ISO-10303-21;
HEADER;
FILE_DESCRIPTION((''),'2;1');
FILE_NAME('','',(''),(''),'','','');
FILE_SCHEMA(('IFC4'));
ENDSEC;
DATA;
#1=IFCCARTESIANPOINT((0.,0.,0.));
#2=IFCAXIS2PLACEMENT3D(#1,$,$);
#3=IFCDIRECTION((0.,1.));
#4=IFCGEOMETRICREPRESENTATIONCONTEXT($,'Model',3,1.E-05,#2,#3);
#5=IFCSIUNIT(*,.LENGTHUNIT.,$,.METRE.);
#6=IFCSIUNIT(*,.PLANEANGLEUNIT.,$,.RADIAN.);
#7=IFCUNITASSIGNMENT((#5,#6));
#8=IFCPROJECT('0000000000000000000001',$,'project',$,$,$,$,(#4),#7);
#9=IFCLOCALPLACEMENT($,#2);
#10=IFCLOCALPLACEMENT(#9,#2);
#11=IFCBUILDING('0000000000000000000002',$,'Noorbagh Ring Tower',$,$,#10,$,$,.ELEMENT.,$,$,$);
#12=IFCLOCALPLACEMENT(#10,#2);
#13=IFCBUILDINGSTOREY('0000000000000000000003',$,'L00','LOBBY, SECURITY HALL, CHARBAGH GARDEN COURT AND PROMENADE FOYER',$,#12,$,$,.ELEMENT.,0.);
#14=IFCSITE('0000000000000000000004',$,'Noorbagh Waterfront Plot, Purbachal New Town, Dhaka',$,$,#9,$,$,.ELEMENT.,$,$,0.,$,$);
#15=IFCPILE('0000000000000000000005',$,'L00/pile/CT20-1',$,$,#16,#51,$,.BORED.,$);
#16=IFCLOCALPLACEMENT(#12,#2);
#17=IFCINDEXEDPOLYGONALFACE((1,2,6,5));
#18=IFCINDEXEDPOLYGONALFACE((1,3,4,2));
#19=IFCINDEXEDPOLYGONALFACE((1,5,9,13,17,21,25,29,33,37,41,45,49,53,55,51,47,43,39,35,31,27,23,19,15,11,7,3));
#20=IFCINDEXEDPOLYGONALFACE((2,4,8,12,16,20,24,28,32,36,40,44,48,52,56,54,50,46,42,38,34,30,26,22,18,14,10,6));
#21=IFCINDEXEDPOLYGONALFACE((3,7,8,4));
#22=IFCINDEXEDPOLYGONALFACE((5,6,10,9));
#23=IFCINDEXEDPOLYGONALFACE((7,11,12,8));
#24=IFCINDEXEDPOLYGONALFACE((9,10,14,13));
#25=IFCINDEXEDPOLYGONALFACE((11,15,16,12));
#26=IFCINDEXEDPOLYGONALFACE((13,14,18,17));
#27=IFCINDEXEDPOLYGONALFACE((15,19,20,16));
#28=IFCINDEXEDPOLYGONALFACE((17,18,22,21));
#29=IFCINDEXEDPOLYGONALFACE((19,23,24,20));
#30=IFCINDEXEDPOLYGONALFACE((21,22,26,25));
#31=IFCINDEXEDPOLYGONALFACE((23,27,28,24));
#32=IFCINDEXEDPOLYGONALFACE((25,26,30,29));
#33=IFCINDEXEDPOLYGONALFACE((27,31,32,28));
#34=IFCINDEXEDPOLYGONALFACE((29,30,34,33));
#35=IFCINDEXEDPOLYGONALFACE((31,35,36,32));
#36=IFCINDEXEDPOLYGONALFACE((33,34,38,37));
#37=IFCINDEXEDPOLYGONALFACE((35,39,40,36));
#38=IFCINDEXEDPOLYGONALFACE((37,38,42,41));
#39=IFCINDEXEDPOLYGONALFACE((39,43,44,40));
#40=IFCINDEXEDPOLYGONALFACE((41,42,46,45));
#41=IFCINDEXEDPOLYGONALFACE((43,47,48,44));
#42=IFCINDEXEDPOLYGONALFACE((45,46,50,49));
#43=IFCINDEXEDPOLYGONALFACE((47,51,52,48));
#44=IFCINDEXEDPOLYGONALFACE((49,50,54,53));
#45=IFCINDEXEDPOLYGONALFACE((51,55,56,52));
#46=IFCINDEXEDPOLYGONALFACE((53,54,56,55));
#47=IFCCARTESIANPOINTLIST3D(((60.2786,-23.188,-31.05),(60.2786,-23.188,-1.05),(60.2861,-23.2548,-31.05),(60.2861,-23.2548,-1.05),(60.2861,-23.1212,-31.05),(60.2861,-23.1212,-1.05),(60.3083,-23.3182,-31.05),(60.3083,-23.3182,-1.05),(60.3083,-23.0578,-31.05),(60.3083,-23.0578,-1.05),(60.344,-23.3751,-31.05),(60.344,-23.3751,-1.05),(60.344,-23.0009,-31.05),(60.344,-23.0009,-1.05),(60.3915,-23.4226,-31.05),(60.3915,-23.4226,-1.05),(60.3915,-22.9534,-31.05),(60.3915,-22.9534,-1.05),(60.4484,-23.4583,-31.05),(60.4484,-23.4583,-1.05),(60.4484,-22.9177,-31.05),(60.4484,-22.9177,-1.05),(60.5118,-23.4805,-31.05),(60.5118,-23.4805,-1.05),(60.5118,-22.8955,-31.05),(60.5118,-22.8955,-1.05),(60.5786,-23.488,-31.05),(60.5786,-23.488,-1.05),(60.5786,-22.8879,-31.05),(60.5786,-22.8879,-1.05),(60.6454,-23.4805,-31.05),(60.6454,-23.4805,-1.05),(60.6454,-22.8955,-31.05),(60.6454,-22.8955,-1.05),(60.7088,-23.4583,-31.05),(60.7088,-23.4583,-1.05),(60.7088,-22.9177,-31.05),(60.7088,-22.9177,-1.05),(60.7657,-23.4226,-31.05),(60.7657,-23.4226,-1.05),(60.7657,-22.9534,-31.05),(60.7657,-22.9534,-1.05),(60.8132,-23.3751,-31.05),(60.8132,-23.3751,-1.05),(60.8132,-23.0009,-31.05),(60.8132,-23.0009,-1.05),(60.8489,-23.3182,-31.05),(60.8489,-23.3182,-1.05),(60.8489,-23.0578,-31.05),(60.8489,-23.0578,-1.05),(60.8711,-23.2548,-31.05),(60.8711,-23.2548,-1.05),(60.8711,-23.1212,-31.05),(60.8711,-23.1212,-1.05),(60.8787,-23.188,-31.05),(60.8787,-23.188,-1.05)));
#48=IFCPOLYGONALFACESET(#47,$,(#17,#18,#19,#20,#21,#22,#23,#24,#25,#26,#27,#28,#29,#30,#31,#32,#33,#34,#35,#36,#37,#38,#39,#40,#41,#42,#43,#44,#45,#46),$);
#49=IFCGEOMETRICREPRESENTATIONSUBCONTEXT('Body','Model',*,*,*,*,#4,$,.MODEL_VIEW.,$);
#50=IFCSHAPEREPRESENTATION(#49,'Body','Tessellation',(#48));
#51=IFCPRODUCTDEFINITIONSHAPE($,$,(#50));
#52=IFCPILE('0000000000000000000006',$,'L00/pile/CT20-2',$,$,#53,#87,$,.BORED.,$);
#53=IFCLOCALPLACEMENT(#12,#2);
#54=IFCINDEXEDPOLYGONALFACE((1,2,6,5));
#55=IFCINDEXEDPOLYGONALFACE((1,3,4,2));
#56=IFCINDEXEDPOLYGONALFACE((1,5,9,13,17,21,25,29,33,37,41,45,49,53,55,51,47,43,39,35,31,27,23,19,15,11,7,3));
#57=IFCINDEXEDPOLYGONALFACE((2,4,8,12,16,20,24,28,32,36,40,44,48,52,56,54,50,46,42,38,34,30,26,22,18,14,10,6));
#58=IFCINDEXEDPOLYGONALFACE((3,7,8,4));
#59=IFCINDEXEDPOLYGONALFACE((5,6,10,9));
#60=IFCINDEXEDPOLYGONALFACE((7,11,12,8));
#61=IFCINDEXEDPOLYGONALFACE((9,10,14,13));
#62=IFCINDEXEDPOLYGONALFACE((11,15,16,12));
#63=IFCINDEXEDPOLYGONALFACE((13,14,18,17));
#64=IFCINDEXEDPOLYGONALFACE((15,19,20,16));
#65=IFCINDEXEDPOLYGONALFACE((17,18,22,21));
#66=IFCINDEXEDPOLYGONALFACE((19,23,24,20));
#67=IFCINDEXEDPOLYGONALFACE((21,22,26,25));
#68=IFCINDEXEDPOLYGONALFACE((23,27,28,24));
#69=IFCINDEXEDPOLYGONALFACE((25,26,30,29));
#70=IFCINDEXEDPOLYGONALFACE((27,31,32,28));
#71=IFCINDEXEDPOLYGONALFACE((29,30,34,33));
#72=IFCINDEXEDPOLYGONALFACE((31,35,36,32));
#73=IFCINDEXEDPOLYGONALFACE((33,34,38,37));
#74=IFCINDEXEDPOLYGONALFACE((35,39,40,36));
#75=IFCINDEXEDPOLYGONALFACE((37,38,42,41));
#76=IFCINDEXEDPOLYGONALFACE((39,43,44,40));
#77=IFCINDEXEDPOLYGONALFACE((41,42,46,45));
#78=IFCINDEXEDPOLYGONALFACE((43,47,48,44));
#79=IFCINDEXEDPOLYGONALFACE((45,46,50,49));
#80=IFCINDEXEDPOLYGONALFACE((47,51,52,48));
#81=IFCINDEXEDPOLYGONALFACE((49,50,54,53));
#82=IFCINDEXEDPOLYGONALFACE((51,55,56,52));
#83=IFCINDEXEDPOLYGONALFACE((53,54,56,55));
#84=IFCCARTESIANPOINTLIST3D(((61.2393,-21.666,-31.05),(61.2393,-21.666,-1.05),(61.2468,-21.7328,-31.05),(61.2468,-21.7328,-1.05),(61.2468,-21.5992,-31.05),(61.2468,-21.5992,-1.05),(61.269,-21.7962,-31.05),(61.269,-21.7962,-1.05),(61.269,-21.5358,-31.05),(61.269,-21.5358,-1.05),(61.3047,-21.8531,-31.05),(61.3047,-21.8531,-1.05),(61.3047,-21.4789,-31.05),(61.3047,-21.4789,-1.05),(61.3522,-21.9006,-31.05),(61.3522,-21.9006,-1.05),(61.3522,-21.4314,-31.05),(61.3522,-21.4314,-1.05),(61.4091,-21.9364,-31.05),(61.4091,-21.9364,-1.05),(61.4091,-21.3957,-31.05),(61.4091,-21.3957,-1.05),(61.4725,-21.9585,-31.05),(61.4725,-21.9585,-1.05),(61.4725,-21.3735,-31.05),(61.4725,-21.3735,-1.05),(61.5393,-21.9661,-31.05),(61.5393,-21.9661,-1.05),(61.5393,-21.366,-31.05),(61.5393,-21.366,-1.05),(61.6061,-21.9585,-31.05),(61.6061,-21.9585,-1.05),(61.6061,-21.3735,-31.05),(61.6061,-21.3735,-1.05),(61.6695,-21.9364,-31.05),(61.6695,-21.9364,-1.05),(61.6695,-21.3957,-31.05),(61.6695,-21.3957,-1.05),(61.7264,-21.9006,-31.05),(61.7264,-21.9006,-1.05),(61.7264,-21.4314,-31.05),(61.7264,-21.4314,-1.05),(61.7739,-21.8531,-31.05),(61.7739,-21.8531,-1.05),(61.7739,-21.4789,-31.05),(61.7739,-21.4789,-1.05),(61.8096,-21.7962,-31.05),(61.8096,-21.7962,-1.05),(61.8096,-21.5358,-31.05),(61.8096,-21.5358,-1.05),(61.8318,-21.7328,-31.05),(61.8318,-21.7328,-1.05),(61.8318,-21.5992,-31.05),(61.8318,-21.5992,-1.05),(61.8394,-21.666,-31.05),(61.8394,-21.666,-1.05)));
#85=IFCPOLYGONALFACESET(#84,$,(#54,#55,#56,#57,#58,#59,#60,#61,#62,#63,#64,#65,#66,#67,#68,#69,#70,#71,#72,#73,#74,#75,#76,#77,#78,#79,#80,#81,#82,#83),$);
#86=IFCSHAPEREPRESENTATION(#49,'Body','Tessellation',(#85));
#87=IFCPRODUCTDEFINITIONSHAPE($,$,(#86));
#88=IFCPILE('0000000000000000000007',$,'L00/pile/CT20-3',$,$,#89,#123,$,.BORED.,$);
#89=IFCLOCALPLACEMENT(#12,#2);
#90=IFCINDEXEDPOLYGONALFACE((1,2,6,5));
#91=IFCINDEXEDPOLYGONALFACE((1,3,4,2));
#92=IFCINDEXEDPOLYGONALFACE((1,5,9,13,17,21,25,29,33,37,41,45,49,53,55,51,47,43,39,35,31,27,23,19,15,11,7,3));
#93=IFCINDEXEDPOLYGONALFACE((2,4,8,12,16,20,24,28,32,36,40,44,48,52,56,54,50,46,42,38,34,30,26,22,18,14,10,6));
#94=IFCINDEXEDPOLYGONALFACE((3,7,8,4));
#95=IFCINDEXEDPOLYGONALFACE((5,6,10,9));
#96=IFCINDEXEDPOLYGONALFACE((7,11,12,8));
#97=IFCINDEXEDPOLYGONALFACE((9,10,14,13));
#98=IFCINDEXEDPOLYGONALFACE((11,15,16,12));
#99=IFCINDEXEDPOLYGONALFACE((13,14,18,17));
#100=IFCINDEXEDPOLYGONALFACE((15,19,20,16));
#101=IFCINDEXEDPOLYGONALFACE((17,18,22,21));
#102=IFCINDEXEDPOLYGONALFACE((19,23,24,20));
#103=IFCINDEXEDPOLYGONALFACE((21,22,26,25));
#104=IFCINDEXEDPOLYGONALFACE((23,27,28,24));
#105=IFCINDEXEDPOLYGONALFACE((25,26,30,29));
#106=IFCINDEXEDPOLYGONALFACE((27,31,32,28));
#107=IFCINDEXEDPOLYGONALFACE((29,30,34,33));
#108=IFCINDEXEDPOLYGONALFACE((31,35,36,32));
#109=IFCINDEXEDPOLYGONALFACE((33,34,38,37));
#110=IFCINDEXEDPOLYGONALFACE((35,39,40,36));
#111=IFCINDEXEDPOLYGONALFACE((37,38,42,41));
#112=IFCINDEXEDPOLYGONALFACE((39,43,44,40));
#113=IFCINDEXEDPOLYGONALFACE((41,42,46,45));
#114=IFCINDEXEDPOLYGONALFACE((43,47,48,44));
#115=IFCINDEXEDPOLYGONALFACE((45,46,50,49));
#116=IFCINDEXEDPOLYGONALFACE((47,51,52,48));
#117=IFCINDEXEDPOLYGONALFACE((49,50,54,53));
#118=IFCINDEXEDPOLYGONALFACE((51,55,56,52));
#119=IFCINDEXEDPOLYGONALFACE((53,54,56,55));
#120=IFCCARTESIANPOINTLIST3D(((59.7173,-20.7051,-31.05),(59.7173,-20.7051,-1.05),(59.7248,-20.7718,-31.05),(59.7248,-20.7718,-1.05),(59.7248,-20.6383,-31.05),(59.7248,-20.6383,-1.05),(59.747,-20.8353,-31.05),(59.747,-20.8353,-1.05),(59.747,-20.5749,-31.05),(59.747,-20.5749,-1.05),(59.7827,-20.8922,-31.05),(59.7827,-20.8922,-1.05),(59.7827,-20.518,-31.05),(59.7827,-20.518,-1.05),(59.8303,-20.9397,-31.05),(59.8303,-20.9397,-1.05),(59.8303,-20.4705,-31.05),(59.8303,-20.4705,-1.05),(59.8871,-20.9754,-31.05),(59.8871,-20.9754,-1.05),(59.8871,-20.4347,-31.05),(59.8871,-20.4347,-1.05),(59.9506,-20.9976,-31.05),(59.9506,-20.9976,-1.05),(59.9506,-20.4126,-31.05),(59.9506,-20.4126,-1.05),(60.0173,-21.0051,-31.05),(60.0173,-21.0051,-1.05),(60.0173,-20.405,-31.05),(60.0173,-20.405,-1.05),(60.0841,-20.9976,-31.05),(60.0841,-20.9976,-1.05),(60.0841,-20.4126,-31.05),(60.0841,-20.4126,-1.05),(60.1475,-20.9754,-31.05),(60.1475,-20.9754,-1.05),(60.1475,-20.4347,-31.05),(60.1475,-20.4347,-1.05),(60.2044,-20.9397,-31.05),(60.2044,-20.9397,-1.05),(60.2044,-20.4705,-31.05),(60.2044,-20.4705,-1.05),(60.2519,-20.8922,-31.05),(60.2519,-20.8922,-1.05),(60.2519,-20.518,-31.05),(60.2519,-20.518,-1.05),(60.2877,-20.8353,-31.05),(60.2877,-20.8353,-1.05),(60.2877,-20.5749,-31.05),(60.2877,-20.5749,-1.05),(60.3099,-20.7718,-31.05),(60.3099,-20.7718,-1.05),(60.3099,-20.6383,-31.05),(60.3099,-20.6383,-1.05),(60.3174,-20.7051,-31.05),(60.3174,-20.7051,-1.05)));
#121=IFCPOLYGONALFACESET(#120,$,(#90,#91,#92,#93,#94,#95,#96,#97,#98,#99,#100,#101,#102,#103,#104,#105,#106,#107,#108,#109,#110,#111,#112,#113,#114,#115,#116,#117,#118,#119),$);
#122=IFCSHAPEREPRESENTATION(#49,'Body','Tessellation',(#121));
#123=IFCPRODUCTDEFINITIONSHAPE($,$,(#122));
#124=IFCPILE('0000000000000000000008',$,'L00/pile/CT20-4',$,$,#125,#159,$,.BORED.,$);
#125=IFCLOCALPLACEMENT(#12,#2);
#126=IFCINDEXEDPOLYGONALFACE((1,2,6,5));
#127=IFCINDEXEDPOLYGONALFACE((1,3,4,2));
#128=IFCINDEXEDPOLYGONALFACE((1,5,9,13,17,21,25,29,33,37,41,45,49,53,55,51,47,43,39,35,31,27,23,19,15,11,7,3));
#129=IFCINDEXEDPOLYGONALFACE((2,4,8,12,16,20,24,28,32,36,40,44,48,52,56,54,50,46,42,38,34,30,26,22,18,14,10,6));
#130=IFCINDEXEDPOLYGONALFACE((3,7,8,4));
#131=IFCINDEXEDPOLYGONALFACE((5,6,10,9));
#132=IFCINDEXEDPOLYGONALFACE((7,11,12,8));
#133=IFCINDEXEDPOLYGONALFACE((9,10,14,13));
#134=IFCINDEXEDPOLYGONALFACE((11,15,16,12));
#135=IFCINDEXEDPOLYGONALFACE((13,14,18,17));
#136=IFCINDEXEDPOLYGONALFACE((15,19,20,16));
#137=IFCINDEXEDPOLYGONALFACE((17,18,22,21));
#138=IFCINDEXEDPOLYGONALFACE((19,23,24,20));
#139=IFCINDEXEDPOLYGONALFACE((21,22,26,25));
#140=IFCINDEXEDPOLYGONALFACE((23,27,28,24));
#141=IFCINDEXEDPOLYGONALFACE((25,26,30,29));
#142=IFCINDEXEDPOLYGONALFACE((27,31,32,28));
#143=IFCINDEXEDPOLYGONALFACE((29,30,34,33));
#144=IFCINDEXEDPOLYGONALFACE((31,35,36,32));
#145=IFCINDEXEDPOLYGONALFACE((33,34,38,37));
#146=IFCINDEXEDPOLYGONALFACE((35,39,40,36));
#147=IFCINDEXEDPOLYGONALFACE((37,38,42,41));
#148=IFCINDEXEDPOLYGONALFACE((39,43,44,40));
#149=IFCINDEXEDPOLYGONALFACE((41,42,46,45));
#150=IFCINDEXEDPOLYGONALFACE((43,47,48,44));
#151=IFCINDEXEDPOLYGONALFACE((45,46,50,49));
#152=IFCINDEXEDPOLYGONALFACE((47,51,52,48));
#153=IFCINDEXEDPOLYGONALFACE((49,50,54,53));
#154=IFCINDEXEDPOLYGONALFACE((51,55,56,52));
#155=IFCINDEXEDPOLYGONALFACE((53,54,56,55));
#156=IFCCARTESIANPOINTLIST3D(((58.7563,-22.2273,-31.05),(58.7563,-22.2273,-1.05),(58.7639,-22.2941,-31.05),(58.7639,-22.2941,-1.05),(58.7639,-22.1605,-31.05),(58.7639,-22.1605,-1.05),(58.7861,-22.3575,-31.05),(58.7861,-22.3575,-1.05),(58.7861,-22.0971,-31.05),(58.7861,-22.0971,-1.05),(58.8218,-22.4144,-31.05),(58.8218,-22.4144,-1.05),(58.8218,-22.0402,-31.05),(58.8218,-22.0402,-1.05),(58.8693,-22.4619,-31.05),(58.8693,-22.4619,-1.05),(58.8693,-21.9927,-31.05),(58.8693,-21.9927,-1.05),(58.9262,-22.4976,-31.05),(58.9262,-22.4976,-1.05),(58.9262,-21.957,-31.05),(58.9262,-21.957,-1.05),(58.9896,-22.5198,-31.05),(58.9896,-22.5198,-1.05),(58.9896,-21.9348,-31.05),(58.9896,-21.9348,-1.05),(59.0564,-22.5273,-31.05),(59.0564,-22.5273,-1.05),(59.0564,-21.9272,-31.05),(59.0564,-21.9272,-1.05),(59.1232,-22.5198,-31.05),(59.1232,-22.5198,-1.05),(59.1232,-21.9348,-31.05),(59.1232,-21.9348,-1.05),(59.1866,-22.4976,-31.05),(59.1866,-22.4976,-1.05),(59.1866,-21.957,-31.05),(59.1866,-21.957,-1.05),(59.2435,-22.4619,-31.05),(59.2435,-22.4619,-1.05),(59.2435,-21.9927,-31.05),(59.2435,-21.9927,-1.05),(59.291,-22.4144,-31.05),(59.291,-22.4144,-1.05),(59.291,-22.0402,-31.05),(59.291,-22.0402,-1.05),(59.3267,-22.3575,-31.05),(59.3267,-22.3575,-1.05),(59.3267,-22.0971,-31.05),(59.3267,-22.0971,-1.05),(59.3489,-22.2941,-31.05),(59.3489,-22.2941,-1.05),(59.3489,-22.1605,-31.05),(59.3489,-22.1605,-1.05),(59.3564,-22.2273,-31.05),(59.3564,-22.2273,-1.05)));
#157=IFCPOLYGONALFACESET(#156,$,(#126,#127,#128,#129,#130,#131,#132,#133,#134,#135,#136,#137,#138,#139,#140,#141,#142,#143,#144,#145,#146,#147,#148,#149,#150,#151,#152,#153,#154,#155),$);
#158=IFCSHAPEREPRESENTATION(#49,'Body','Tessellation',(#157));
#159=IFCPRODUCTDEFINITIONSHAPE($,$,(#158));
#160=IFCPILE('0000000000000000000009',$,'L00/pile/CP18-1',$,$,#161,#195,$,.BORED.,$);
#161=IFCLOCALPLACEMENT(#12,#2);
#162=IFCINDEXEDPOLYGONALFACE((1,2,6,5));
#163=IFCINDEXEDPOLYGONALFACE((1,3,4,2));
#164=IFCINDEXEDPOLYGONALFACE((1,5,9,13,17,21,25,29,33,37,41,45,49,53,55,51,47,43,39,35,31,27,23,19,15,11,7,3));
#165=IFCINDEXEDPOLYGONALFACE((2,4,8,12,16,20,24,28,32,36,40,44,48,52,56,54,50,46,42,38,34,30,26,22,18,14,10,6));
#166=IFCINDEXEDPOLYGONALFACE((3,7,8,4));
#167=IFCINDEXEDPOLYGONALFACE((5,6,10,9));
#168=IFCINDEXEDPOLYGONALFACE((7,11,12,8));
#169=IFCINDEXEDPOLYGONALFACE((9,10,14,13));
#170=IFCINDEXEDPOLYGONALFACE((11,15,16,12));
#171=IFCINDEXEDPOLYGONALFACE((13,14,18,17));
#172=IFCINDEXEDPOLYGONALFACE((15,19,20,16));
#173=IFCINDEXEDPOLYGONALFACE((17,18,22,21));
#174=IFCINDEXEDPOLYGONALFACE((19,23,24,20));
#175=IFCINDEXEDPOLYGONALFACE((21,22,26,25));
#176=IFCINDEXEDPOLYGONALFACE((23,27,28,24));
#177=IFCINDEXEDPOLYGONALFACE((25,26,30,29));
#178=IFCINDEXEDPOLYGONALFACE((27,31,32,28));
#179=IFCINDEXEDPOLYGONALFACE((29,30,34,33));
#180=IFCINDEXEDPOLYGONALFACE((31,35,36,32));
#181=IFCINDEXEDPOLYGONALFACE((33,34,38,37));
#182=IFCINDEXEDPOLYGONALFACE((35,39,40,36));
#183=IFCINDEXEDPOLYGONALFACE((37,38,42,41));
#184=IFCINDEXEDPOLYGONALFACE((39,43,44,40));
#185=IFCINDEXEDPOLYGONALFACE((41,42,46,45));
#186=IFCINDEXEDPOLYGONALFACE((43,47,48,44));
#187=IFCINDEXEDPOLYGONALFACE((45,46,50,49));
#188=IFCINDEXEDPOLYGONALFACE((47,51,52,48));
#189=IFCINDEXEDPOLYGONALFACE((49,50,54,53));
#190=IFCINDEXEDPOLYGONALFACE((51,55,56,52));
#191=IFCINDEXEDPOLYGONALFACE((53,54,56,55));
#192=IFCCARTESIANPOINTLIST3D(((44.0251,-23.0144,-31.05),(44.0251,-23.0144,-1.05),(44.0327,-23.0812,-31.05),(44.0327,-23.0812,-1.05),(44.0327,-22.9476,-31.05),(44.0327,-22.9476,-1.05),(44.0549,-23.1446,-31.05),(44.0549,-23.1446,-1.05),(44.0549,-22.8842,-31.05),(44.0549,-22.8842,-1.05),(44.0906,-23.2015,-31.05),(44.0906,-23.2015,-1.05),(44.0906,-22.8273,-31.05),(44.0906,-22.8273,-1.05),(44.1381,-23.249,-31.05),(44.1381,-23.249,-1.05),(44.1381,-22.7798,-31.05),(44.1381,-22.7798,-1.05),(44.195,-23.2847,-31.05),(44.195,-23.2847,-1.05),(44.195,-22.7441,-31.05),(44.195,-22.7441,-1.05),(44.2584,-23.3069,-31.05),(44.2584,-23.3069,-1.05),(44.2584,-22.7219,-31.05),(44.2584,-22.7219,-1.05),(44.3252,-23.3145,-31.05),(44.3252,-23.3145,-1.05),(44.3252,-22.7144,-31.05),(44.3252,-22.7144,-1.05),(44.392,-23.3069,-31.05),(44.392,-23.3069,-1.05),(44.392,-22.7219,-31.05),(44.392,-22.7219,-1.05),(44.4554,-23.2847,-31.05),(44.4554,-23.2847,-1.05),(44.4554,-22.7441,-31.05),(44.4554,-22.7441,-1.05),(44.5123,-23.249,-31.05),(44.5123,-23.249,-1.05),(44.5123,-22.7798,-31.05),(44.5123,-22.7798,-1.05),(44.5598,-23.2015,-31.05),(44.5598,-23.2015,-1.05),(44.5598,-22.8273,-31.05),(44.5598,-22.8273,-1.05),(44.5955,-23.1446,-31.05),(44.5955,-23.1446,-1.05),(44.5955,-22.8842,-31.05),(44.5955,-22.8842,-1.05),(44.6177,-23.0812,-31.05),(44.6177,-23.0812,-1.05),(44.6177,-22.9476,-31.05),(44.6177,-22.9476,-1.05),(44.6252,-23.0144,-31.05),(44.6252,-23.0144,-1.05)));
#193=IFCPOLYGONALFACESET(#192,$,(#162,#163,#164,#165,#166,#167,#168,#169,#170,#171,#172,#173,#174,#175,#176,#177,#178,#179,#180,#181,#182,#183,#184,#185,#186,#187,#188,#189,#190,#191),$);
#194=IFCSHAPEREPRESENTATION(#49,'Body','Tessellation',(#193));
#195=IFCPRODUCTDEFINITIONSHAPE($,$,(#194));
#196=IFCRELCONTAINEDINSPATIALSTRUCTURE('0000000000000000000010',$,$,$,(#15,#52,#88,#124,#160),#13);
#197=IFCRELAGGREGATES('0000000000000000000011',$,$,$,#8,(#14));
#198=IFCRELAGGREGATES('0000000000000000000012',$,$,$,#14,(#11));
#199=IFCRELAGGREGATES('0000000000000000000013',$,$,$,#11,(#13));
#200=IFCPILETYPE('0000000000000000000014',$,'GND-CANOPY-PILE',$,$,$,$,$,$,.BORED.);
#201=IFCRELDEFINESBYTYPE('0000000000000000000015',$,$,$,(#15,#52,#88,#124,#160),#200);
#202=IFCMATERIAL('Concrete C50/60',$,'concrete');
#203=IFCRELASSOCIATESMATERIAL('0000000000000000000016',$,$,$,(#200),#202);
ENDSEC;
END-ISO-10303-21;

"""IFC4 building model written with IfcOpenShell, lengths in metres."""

from ifc_helpers import new_model, si_unit, direction, frame, origin, origin_2d, place, context, subcontext, project, spatial, circle, extrude, material, material_profile, profile_set, type_object, element, save


model = new_model("IFC4")

# Units and contexts
model_context = context("Model", 3, precision=1e-05, world=origin(), true_north=direction((0.0, 1.0)))
body_context = subcontext(model_context, "Body", "Model", "MODEL_VIEW")
ifc_project = project(units=[si_unit("LENGTHUNIT", "METRE"), si_unit("PLANEANGLEUNIT", "RADIAN")], contexts=[model_context])

# Site, building, storey
site_placement = place(None, origin())
site = spatial("IfcSite", under=ifc_project, at=site_placement, Name="Noorbagh Waterfront Plot, Purbachal New Town, Dhaka", CompositionType="ELEMENT", RefElevation=0.0)
building_placement = place(site_placement, origin())
building = spatial("IfcBuilding", under=site, at=building_placement, Name="Noorbagh Ring Tower", CompositionType="ELEMENT")
storey_placement = place(building_placement, origin())
storey = spatial("IfcBuildingStorey", under=building, at=storey_placement, Name="L00", Description="LOBBY, SECURITY HALL, CHARBAGH GARDEN COURT AND PROMENADE FOYER", CompositionType="ELEMENT", Elevation=0.0)

# Piles
ifc_material_1 = material(Name="Concrete C50/60", Category="concrete")
ifc_material_profile_1 = material_profile(ifc_material_1, circle(Radius=0.3, at=origin_2d()), Name="PILE600")
ifc_profile_set_1 = profile_set([ifc_material_profile_1], Name="Concrete C50/60")
pile_type = type_object("IfcPileType", Name="GND-CANOPY-PILE", PredefinedType="BORED", material=ifc_profile_set_1)
for number, where, z_axis, x_axis, name in (
    (1, (60.5786, -23.188, -1.05), (0.0, 0.0, -1.0), (1.0, 0.0, 0.0), "L00/pile/CT20-1"),
    (2, (61.5393, -21.666, -1.05), (0.0, 0.0, -1.0), (1.0, 0.0, 0.0), "L00/pile/CT20-2"),
    (3, (60.0173, -20.7051, -1.05), (0.0, 0.0, -1.0), (1.0, 0.0, 0.0), "L00/pile/CT20-3"),
    (4, (59.0564, -22.2273, -1.05), (0.0, 0.0, -1.0), (1.0, 0.0, 0.0), "L00/pile/CT20-4"),
    (5, (44.3252, -23.0144, -1.05), (0.0, 0.0, -1.0), (1.0, 0.0, 0.0), "L00/pile/CP18-1"),
):
    element("IfcPile", number, at=place(storey_placement, frame(where, z_axis=z_axis, x_axis=x_axis)), inside=storey, type_object=pile_type, Name=name, PredefinedType="BORED", context=body_context, shape_type="SweptSolid", body=[
        extrude(circle(Radius=0.3, at=origin_2d()), origin(), (0.0, 0.0, 1.0), 30.0),
    ])

save(model, "model.ifc")
